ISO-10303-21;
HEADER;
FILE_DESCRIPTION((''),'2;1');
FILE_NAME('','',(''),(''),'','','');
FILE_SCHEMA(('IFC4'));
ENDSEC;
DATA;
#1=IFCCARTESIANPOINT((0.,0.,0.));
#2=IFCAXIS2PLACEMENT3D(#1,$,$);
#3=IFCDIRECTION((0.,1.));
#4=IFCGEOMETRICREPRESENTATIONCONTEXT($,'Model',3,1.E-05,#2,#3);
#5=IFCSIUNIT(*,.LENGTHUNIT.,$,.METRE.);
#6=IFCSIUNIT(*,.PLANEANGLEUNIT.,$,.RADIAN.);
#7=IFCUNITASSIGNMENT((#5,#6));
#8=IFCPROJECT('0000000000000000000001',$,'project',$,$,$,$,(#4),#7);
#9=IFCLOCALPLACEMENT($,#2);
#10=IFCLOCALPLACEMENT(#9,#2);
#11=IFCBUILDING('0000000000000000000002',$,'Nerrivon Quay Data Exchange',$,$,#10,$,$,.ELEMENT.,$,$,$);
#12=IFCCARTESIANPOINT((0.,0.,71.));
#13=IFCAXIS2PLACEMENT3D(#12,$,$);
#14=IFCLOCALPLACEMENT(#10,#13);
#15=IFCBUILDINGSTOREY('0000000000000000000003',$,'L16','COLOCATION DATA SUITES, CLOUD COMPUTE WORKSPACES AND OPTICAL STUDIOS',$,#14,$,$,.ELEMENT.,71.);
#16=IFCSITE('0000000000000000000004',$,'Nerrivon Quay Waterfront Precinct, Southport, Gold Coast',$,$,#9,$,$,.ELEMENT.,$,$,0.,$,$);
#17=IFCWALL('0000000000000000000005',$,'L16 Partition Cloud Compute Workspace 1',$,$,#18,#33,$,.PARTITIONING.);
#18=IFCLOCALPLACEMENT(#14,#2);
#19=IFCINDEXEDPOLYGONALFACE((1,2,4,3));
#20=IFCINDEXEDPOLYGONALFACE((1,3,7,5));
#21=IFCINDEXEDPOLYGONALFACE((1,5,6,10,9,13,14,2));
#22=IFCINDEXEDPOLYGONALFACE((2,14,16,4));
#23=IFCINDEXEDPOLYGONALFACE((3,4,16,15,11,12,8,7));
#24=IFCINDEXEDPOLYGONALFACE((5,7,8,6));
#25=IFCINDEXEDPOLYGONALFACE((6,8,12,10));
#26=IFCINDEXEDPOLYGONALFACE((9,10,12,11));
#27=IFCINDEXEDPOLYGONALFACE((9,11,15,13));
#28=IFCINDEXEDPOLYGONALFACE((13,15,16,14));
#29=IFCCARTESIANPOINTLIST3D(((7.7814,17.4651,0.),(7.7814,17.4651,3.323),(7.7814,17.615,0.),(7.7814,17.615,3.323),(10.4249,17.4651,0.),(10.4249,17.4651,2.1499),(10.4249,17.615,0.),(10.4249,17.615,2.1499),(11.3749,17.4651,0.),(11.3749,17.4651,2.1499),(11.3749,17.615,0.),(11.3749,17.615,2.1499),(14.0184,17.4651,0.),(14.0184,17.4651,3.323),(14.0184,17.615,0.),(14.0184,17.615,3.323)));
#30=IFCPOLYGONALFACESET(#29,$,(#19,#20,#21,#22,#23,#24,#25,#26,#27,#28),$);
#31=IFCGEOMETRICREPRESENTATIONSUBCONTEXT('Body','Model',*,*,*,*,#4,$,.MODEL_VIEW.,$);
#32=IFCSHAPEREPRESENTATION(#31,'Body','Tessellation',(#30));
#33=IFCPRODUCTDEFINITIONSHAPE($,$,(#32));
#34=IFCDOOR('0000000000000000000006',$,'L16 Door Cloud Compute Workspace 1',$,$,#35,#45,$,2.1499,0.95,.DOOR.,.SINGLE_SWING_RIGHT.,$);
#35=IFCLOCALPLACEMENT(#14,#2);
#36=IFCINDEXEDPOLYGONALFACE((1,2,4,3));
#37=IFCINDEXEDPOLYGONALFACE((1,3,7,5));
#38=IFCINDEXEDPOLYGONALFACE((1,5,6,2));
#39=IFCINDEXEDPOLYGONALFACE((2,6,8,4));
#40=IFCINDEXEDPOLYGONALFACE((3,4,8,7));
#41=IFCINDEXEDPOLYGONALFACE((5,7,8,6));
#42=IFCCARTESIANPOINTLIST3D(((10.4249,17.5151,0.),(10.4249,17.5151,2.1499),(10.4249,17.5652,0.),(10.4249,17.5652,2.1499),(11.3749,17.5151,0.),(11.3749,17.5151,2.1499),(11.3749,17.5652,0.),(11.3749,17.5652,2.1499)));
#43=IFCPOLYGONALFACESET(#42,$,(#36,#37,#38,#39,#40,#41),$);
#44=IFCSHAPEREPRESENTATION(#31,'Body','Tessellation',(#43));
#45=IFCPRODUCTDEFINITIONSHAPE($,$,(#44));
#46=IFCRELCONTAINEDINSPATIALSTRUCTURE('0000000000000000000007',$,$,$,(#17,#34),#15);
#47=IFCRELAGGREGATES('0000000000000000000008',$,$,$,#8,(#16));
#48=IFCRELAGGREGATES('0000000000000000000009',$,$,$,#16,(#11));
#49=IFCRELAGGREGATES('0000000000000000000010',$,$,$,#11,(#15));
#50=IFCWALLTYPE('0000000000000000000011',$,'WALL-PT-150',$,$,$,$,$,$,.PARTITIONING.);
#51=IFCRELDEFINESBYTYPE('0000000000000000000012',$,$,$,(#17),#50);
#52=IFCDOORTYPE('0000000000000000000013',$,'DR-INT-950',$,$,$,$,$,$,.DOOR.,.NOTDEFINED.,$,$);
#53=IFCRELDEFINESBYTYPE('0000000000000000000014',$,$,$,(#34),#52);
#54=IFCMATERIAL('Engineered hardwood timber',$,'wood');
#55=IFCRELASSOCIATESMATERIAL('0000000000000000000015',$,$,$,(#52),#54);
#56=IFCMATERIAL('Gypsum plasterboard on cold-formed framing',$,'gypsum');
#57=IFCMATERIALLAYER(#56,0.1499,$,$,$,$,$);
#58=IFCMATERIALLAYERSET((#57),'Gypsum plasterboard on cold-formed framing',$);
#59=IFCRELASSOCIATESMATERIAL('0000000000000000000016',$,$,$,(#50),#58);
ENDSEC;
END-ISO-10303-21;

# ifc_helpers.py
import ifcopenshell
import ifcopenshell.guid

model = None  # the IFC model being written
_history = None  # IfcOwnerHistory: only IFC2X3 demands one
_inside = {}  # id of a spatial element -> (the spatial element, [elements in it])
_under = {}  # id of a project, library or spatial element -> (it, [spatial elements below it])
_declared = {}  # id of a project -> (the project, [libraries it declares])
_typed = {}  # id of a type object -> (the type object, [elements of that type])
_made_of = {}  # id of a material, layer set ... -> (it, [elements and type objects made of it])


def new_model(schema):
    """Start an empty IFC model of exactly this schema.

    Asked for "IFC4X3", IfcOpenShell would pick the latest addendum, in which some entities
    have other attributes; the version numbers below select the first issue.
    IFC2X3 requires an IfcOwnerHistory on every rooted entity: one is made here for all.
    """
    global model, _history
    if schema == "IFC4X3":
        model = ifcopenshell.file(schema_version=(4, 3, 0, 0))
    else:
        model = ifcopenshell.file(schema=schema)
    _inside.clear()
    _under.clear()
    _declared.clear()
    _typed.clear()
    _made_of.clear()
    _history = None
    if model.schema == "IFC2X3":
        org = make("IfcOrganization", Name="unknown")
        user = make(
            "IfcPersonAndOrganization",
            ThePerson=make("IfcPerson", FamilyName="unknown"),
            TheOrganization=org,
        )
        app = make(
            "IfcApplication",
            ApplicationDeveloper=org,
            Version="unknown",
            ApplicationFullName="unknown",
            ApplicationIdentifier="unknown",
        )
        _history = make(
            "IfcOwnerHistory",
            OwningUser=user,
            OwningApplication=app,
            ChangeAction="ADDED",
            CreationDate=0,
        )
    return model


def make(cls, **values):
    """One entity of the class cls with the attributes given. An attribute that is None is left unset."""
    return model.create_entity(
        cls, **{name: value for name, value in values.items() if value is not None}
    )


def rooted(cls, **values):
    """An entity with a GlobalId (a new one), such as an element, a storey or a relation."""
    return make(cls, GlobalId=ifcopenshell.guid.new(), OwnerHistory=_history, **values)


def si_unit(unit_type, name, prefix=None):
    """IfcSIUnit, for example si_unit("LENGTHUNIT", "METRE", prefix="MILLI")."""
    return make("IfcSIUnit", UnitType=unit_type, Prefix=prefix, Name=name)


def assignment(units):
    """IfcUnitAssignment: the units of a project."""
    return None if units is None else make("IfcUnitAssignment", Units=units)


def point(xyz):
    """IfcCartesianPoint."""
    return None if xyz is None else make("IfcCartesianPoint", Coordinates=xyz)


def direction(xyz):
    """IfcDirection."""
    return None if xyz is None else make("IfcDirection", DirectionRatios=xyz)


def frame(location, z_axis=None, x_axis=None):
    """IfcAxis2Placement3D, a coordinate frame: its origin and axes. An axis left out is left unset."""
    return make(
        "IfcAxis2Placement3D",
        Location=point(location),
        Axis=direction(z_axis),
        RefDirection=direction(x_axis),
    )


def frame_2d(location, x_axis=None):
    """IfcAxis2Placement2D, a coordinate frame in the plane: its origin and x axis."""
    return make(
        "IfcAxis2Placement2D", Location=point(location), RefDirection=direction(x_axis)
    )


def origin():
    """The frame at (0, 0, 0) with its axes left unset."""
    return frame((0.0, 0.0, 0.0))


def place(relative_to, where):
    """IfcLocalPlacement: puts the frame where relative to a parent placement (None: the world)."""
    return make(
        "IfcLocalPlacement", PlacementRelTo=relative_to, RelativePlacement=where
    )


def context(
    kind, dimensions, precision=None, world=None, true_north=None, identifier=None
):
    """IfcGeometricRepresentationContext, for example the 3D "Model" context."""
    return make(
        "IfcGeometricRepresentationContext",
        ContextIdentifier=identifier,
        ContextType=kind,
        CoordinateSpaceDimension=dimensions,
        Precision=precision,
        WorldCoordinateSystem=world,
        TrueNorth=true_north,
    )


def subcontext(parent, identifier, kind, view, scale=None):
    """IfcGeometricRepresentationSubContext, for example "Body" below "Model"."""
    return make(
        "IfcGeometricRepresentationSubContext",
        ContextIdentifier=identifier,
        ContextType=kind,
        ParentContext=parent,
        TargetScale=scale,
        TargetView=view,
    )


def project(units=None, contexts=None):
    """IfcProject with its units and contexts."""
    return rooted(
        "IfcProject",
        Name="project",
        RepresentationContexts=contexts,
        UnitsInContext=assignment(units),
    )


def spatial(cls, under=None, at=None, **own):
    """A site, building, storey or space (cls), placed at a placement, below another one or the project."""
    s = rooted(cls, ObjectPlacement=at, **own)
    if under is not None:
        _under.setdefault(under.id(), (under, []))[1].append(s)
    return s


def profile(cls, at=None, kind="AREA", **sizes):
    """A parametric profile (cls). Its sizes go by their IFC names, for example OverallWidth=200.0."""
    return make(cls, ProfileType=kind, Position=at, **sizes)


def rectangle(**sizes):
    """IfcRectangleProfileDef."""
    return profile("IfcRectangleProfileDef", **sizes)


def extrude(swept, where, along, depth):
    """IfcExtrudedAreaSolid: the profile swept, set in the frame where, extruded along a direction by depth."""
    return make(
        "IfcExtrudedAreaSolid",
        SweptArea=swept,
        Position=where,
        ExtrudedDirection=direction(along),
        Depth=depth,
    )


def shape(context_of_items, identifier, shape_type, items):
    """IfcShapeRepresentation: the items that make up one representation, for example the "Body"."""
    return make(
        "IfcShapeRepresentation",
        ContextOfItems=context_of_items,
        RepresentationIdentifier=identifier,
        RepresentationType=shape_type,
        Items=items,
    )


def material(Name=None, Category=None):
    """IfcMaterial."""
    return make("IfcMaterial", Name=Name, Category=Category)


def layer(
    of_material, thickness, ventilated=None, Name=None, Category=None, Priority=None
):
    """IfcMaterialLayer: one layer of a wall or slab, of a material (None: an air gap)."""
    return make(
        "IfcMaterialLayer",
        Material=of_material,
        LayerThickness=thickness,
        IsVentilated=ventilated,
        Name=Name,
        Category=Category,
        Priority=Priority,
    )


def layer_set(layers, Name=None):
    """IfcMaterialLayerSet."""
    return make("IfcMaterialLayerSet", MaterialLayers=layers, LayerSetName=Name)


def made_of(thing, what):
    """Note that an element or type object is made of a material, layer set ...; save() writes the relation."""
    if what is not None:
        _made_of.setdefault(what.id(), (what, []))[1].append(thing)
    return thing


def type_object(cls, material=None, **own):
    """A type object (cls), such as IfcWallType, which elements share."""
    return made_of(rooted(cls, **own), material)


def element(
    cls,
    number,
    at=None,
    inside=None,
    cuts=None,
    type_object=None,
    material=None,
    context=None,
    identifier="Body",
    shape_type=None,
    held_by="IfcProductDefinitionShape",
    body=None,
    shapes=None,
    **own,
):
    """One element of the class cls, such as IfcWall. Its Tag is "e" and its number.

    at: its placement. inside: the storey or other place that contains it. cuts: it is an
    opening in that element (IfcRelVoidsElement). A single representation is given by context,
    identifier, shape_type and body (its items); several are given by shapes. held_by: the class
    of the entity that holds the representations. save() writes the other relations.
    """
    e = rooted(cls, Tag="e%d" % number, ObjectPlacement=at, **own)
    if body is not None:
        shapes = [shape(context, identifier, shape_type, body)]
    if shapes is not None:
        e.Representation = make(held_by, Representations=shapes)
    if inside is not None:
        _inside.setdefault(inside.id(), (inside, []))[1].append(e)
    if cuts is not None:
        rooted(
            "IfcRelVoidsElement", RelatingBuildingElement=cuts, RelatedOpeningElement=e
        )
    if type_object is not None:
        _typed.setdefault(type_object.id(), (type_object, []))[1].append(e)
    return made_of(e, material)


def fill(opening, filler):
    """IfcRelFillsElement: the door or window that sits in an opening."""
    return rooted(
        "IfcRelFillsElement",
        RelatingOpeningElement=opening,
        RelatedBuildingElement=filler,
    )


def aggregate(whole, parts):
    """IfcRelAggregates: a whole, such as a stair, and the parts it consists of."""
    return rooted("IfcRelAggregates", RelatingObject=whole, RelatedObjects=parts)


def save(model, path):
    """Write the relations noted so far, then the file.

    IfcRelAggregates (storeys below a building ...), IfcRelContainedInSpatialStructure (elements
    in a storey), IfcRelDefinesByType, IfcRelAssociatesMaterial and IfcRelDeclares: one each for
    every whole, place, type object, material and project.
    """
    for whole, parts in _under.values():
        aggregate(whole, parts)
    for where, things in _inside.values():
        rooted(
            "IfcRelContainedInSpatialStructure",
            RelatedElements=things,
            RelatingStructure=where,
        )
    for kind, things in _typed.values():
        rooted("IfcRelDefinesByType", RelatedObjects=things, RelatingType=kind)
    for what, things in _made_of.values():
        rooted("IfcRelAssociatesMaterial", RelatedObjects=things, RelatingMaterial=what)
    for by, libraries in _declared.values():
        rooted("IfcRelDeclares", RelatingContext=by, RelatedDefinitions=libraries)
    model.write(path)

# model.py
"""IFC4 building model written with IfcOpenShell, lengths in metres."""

from ifc_helpers import new_model, si_unit, direction, frame, frame_2d, origin, place, context, subcontext, project, spatial, rectangle, extrude, material, layer, layer_set, type_object, element, fill, save


model = new_model("IFC4")

# Units and contexts
model_context = context("Model", 3, precision=1e-05, world=origin(), true_north=direction((0.0, 1.0)))
body_context = subcontext(model_context, "Body", "Model", "MODEL_VIEW")
ifc_project = project(units=[si_unit("LENGTHUNIT", "METRE"), si_unit("PLANEANGLEUNIT", "RADIAN")], contexts=[model_context])

# Site, building, storey
site_placement = place(None, origin())
site = spatial("IfcSite", under=ifc_project, at=site_placement, Name="Nerrivon Quay Waterfront Precinct, Southport, Gold Coast", CompositionType="ELEMENT", RefElevation=0.0)
building_placement = place(site_placement, origin())
building = spatial("IfcBuilding", under=site, at=building_placement, Name="Nerrivon Quay Data Exchange", CompositionType="ELEMENT")
storey_placement = place(building_placement, frame((0.0, 0.0, 71.0)))
storey = spatial("IfcBuildingStorey", under=building, at=storey_placement, Name="L16", Description="COLOCATION DATA SUITES, CLOUD COMPUTE WORKSPACES AND OPTICAL STUDIOS", CompositionType="ELEMENT", Elevation=71.0)

# Shared definitions
ifc_material_1 = material(Name="Gypsum plasterboard on cold-formed framing", Category="gypsum")

# Shared definitions
ifc_material_2 = material(Name="Engineered hardwood timber", Category="wood")
door_type_1 = type_object("IfcDoorType", Name="DR-INT-950", OperationType="NOTDEFINED", PredefinedType="DOOR", material=ifc_material_2)

# Shared definitions
ifc_layer_1 = layer(ifc_material_1, 0.1499)
ifc_layer_set_1 = layer_set([ifc_layer_1], Name="Gypsum plasterboard on cold-formed framing")
wall_type_1 = type_object("IfcWallType", Name="WALL-PT-150", PredefinedType="PARTITIONING", material=ifc_layer_set_1)

# Wall, opening, door
wall_1_placement = place(storey_placement, frame((14.0186, 17.54, 0.0), z_axis=(0.0, 0.0, 1.0), x_axis=(-1.0, 0.0, 0.0)))
wall_1 = element("IfcWall", 1, at=wall_1_placement, inside=storey, type_object=wall_type_1, Name="L16 Partition Cloud Compute Workspace 1", PredefinedType="PARTITIONING", context=body_context, shape_type="SweptSolid", body=[
    extrude(rectangle(XDim=6.2371, YDim=0.1499, at=frame_2d((3.1187, 0.0))), origin(), (0.0, 0.0, 1.0), 3.323),
])
opening_1_placement = place(wall_1_placement, frame((2.6436, 0.0, 0.0)))
opening_1 = element("IfcOpeningElement", 2, at=opening_1_placement, cuts=wall_1, PredefinedType="OPENING", context=body_context, shape_type="SweptSolid", body=[
    extrude(rectangle(XDim=0.95, YDim=2.1499, at=frame_2d((0.4751, 1.075))), frame((0.0, 0.085, 0.0), z_axis=(0.0, -1.0, 0.0), x_axis=(1.0, 0.0, 0.0)), (0.0, 0.0, 1.0), 0.1699),
])
door_1_placement = place(opening_1_placement, origin())
door_1 = element("IfcDoor", 3, at=door_1_placement, inside=storey, type_object=door_type_1, Name="L16 Door Cloud Compute Workspace 1", OperationType="SINGLE_SWING_RIGHT", OverallHeight=2.1499, OverallWidth=0.95, PredefinedType="DOOR", context=body_context, shape_type="SweptSolid", body=[
    extrude(rectangle(XDim=0.95, YDim=2.1499, at=frame_2d((0.4751, 1.075))), frame((0.0, 0.0249, 0.0), z_axis=(0.0, -1.0, 0.0), x_axis=(1.0, 0.0, 0.0)), (0.0, 0.0, 1.0), 0.05),
])
fill(opening_1, door_1)

save(model, "model.ifc")
